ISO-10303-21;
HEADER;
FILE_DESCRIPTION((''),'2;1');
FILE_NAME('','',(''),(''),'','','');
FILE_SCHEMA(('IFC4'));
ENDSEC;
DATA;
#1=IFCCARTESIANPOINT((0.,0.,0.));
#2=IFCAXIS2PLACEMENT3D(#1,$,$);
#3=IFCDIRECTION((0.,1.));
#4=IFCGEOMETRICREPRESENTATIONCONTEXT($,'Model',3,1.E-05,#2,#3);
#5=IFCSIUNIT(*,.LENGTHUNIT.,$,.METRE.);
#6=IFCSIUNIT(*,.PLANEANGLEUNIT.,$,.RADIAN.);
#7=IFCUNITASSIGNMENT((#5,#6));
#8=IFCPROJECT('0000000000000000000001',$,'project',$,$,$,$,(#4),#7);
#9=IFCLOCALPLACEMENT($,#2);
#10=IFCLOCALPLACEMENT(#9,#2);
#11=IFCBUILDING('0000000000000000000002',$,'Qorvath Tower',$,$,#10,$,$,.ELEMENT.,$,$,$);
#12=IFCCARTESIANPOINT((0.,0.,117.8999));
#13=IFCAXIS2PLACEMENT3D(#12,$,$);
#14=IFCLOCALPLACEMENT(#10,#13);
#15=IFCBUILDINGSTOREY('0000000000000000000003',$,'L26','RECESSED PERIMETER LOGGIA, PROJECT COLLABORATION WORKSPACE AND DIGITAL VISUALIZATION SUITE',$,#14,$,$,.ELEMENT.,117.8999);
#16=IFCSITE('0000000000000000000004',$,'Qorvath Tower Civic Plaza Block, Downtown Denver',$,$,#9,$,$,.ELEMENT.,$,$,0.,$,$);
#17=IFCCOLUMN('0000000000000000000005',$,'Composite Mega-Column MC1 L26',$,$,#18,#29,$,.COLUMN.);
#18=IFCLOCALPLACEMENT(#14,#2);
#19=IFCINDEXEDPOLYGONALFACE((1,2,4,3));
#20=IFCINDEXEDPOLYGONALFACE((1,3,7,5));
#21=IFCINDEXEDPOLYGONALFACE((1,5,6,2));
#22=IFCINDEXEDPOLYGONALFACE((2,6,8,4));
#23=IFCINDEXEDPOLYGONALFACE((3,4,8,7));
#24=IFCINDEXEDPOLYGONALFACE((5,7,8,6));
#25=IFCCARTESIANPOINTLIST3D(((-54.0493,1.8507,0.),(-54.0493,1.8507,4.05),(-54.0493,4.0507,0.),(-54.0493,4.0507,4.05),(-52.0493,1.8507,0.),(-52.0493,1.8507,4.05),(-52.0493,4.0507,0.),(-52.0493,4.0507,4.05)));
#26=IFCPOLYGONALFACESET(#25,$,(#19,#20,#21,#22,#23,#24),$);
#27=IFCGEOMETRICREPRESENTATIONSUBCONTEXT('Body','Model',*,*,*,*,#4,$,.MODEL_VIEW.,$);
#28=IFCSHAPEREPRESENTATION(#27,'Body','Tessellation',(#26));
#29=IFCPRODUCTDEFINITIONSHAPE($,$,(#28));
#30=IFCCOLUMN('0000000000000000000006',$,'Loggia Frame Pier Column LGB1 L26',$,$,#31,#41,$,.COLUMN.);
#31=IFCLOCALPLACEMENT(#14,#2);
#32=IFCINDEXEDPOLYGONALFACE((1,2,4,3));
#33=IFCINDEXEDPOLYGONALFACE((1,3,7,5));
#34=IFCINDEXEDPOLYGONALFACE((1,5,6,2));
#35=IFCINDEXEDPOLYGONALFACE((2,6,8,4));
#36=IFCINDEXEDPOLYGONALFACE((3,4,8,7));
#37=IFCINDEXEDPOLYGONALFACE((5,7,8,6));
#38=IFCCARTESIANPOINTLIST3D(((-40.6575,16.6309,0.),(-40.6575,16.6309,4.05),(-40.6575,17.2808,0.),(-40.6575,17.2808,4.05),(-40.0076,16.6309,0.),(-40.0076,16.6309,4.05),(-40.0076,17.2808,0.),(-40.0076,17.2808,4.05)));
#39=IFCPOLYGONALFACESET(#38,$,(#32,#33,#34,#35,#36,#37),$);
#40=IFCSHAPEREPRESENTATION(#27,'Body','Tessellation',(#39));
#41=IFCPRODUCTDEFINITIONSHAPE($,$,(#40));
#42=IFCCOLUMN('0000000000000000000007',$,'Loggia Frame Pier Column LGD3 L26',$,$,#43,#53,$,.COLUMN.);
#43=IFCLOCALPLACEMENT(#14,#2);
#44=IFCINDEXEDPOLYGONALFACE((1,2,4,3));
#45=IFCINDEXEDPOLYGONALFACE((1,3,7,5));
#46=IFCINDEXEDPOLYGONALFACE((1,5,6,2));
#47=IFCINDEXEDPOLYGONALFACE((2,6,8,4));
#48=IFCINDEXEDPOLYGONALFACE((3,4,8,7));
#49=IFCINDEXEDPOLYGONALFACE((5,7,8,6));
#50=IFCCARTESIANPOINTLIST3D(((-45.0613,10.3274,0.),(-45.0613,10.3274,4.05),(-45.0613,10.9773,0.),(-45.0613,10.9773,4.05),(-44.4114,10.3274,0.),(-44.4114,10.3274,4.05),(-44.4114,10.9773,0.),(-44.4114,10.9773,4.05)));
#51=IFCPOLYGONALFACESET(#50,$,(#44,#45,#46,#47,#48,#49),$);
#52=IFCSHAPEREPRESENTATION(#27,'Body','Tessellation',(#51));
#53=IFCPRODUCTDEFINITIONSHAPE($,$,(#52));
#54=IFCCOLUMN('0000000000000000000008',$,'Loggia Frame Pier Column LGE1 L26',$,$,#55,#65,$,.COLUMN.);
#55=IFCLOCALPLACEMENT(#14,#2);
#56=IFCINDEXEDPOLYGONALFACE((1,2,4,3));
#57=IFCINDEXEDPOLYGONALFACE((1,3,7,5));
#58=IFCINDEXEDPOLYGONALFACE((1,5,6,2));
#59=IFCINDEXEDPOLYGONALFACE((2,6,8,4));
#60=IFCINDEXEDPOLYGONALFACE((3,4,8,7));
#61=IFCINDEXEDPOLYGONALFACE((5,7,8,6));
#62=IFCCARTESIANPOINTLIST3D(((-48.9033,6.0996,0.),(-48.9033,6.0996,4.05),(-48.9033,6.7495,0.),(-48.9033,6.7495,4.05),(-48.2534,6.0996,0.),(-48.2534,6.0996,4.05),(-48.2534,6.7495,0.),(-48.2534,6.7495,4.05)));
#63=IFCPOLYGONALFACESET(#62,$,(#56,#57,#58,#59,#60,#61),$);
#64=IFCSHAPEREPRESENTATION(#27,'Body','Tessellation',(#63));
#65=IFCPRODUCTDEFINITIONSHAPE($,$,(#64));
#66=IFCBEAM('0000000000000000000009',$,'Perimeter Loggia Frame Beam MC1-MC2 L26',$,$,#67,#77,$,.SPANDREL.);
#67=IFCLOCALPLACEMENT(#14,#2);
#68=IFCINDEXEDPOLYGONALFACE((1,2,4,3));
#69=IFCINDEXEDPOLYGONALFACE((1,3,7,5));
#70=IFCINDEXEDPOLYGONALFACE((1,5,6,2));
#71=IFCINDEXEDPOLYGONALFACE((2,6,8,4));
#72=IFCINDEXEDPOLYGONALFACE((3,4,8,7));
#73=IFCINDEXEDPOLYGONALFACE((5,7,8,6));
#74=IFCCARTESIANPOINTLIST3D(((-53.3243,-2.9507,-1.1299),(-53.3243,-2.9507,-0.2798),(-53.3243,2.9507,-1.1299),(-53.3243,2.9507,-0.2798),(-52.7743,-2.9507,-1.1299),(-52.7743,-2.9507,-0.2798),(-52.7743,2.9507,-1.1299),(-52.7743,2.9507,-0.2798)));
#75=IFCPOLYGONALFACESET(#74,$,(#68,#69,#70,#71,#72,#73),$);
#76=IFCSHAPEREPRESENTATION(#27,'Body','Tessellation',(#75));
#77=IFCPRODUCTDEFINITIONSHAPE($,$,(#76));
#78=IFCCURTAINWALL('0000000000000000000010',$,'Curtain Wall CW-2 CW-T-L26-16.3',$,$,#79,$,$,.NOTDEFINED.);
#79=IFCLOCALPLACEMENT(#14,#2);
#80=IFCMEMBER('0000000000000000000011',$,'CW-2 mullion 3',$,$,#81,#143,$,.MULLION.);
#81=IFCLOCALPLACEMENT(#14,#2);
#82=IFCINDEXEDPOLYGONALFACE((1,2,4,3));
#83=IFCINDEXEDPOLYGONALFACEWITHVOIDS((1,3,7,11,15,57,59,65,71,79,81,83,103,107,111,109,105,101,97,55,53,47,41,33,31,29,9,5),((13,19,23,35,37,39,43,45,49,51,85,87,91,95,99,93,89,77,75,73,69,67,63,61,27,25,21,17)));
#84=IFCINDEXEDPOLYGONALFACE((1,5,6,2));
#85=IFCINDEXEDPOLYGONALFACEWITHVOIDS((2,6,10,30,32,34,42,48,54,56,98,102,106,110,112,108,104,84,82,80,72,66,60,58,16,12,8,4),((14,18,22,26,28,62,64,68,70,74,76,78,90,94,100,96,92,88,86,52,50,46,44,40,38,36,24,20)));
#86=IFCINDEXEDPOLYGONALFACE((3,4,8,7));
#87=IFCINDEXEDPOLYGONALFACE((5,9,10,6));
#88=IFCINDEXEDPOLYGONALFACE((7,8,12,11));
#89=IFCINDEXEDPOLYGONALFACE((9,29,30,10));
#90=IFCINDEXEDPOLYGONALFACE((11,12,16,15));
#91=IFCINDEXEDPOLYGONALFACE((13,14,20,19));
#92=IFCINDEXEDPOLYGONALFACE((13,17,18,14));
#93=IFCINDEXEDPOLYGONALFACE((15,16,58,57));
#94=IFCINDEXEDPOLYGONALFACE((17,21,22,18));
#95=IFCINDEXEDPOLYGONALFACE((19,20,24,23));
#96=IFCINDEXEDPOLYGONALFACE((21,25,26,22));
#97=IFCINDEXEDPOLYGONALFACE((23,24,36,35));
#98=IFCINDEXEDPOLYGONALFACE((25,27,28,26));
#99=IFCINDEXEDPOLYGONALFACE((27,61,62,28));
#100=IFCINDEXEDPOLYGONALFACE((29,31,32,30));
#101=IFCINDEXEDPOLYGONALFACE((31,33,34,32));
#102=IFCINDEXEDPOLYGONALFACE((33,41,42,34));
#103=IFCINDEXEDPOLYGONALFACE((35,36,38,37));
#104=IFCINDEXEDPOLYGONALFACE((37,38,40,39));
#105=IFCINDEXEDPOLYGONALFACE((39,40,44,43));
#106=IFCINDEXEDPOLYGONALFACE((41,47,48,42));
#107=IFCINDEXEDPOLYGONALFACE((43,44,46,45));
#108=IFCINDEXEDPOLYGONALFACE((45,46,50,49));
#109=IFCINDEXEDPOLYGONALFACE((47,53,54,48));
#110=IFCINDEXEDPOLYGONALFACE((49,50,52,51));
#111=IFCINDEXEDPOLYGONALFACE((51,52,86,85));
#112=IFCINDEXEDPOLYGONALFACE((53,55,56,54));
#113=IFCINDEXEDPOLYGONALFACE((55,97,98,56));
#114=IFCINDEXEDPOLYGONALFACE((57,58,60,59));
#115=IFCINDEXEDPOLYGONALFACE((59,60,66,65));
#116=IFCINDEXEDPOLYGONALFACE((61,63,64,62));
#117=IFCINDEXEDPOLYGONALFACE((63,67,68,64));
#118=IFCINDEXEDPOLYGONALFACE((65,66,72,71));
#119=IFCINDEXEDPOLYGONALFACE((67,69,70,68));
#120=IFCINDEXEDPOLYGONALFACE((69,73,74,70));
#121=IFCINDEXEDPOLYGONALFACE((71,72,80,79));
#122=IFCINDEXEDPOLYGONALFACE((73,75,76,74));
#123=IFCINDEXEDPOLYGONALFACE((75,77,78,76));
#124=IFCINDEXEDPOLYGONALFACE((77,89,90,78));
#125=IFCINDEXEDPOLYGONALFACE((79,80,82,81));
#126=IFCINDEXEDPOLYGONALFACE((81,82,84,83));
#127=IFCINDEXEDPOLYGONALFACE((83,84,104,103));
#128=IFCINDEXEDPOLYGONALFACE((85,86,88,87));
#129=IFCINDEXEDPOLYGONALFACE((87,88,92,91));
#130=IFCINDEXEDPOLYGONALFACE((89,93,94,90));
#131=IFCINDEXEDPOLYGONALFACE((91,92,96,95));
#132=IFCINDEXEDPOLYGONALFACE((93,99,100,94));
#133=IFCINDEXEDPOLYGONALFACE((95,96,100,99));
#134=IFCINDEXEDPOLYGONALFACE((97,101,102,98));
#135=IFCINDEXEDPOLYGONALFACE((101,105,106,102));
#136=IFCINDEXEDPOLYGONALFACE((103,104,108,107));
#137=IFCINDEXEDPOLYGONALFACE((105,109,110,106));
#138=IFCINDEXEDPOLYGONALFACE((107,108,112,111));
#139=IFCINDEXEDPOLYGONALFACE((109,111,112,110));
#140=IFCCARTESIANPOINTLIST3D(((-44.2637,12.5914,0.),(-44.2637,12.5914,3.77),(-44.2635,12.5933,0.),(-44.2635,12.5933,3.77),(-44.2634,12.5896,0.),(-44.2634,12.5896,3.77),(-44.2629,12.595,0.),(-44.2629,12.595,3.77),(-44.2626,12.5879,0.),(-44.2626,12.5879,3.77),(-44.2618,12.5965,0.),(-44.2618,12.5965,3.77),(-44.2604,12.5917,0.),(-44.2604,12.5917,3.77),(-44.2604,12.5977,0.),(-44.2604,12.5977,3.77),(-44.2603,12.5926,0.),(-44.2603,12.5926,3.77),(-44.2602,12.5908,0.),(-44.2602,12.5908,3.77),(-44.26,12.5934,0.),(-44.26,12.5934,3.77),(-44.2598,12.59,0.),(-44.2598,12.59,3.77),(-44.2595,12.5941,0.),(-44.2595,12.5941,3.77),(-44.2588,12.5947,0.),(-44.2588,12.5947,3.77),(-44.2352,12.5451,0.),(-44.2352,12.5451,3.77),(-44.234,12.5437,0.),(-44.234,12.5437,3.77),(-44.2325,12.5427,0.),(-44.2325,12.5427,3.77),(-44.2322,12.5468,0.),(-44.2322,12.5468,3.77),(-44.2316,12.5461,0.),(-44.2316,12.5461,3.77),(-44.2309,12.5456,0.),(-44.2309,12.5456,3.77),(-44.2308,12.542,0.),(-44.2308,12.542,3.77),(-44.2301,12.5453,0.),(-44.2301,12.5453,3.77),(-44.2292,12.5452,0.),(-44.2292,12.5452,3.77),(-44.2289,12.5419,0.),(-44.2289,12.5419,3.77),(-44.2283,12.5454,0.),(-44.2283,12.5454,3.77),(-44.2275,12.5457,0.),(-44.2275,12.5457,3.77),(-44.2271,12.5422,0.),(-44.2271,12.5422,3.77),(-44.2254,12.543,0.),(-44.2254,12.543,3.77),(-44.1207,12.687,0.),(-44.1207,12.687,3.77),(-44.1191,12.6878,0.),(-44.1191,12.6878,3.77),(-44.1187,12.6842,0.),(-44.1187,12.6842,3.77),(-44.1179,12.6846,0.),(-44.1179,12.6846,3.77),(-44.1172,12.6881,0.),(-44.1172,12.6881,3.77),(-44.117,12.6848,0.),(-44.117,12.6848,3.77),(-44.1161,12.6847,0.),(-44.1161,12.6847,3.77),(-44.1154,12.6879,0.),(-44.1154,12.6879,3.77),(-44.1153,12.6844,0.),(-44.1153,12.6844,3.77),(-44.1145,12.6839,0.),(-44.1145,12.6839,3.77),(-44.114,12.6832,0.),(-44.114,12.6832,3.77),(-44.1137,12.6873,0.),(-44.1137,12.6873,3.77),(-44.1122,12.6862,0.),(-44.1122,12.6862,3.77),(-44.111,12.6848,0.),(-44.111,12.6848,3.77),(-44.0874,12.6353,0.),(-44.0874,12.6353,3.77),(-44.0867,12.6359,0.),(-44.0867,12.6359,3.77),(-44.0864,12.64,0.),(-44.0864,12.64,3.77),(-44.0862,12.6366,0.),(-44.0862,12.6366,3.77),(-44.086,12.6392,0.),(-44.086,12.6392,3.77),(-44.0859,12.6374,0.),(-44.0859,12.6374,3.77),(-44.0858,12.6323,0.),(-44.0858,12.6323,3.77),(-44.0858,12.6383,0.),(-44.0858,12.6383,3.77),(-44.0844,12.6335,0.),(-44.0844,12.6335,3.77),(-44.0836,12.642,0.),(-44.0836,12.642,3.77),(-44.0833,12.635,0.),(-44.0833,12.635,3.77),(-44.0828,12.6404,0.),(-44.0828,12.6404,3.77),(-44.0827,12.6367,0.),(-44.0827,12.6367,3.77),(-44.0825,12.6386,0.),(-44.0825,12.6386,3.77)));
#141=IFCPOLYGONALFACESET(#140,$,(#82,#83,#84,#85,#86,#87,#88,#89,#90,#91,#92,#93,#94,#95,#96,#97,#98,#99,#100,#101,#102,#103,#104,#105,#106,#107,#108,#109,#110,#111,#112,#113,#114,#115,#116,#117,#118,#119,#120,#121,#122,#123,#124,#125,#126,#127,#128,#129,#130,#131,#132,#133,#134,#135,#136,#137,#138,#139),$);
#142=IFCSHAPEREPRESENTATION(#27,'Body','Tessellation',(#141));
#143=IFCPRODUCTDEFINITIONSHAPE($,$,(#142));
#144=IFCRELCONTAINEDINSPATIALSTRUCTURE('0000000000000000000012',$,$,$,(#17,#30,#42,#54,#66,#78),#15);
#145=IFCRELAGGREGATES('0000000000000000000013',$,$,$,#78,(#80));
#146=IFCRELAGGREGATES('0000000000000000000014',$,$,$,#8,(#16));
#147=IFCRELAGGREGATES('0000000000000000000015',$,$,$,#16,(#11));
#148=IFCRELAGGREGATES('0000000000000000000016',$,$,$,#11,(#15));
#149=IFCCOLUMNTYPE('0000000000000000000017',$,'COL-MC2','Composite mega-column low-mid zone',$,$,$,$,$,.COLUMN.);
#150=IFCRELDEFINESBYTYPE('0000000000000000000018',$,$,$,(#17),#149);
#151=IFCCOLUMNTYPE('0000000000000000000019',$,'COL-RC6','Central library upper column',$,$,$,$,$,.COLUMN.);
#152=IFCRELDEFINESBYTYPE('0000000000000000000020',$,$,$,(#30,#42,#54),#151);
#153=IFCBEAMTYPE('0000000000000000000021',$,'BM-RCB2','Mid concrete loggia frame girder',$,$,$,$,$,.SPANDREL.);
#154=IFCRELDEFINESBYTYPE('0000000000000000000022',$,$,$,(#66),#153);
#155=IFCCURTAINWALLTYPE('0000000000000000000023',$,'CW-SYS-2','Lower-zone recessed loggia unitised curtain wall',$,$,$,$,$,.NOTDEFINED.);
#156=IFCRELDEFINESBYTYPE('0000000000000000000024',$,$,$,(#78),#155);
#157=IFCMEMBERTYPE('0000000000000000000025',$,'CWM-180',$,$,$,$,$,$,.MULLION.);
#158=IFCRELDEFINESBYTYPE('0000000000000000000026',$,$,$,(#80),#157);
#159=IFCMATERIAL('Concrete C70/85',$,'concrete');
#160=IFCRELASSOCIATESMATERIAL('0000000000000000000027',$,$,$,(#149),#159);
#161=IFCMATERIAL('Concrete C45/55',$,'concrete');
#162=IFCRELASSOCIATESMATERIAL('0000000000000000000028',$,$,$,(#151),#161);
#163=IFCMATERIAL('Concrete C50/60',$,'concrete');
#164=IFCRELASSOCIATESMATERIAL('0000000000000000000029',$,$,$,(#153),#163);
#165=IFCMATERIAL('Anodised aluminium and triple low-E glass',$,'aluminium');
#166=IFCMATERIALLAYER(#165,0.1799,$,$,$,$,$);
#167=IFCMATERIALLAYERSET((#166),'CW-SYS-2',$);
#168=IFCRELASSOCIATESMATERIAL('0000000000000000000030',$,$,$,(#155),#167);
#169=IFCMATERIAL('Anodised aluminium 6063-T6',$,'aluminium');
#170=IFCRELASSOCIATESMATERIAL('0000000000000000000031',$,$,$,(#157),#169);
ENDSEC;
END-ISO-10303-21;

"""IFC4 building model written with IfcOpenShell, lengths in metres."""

from ifc_helpers import new_model, si_unit, direction, frame, origin, origin_2d, place, context, subcontext, project, spatial, rectangle, hollow_rectangle, extrude, material, layer, layer_set, material_profile, profile_set, type_object, element, aggregate, save


model = new_model("IFC4")

# Units and contexts
model_context = context("Model", 3, precision=1e-05, world=origin(), true_north=direction((0.0, 1.0)))
body_context = subcontext(model_context, "Body", "Model", "MODEL_VIEW")
ifc_project = project(units=[si_unit("LENGTHUNIT", "METRE"), si_unit("PLANEANGLEUNIT", "RADIAN")], contexts=[model_context])

# Site, building, storey
site_placement = place(None, origin())
site = spatial("IfcSite", under=ifc_project, at=site_placement, Name="Qorvath Tower Civic Plaza Block, Downtown Denver", CompositionType="ELEMENT", RefElevation=0.0)
building_placement = place(site_placement, origin())
building = spatial("IfcBuilding", under=site, at=building_placement, Name="Qorvath Tower", CompositionType="ELEMENT")
storey_placement = place(building_placement, frame((0.0, 0.0, 117.8999)))
storey = spatial("IfcBuildingStorey", under=building, at=storey_placement, Name="L26", Description="RECESSED PERIMETER LOGGIA, PROJECT COLLABORATION WORKSPACE AND DIGITAL VISUALIZATION SUITE", CompositionType="ELEMENT", Elevation=117.8999)

# Columns
ifc_material_1 = material(Name="Concrete C70/85", Category="concrete")
ifc_material_profile_1 = material_profile(ifc_material_1, rectangle(XDim=2.0, YDim=2.2, at=origin_2d()), Name="MC 2200x2000")
ifc_profile_set_1 = profile_set([ifc_material_profile_1], Name="Concrete C70/85")
column_type_1 = type_object("IfcColumnType", Name="COL-MC2", Description="Composite mega-column low-mid zone", PredefinedType="COLUMN", material=ifc_profile_set_1)
column_placement = place(storey_placement, frame((-53.0493, 2.9507, 0.0), z_axis=(0.0, 0.0, 1.0), x_axis=(1.0, 0.0, 0.0)))
element("IfcColumn", 1, at=column_placement, inside=storey, type_object=column_type_1, Name="Composite Mega-Column MC1 L26", PredefinedType="COLUMN", context=body_context, shape_type="SweptSolid", body=[
    extrude(rectangle(XDim=2.0, YDim=2.2, at=origin_2d()), origin(), (0.0, 0.0, 1.0), 4.05),
])
ifc_material_2 = material(Name="Concrete C45/55", Category="concrete")
ifc_material_profile_2 = material_profile(ifc_material_2, rectangle(XDim=0.6499, YDim=0.6499, at=origin_2d()), Name="RC 650x650")
ifc_profile_set_2 = profile_set([ifc_material_profile_2], Name="Concrete C45/55")
column_type_2 = type_object("IfcColumnType", Name="COL-RC6", Description="Central library upper column", PredefinedType="COLUMN", material=ifc_profile_set_2)
for number, where, z_axis, x_axis, name in (
    (2, (-40.3325, 16.9558, 0.0), (0.0, 0.0, 1.0), (1.0, 0.0, 0.0), "Loggia Frame Pier Column LGB1 L26"),
    (3, (-44.7363, 10.6523, 0.0), (0.0, 0.0, 1.0), (1.0, 0.0, 0.0), "Loggia Frame Pier Column LGD3 L26"),
    (4, (-48.5784, 6.4246, 0.0), (0.0, 0.0, 1.0), (1.0, 0.0, 0.0), "Loggia Frame Pier Column LGE1 L26"),
):
    element("IfcColumn", number, at=place(storey_placement, frame(where, z_axis=z_axis, x_axis=x_axis)), inside=storey, type_object=column_type_2, Name=name, PredefinedType="COLUMN", context=body_context, shape_type="SweptSolid", body=[
        extrude(rectangle(XDim=0.6499, YDim=0.6499, at=origin_2d()), origin(), (0.0, 0.0, 1.0), 4.05),
    ])

# Beam
ifc_material_3 = material(Name="Concrete C50/60", Category="concrete")
ifc_material_profile_3 = material_profile(ifc_material_3, rectangle(XDim=0.55, YDim=0.8501, at=origin_2d()), Name="RCB 850x550")
ifc_profile_set_3 = profile_set([ifc_material_profile_3], Name="Concrete C50/60")
beam_type = type_object("IfcBeamType", Name="BM-RCB2", Description="Mid concrete loggia frame girder", PredefinedType="SPANDREL", material=ifc_profile_set_3)
beam_placement = place(storey_placement, frame((-53.0493, 2.9507, -0.7048), z_axis=(0.0, -1.0, 0.0), x_axis=(1.0, 0.0, 0.0)))
element("IfcBeam", 5, at=beam_placement, inside=storey, type_object=beam_type, Name="Perimeter Loggia Frame Beam MC1-MC2 L26", PredefinedType="SPANDREL", context=body_context, shape_type="SweptSolid", body=[
    extrude(rectangle(XDim=0.55, YDim=0.8501, at=origin_2d()), origin(), (0.0, 0.0, 1.0), 5.9014),
])

# Curtain wall, member
ifc_material_4 = material(Name="Anodised aluminium and triple low-E glass", Category="aluminium")
ifc_layer_1 = layer(ifc_material_4, 0.1799)
ifc_layer_set_1 = layer_set([ifc_layer_1], Name="CW-SYS-2")
curtain_wall_type = type_object("IfcCurtainWallType", Name="CW-SYS-2", Description="Lower-zone recessed loggia unitised curtain wall", PredefinedType="NOTDEFINED", material=ifc_layer_set_1)
curtain_wall_placement = place(storey_placement, origin())
curtain_wall = element("IfcCurtainWall", 6, at=curtain_wall_placement, inside=storey, type_object=curtain_wall_type, Name="Curtain Wall CW-2 CW-T-L26-16.3", PredefinedType="NOTDEFINED")
ifc_material_5 = material(Name="Anodised aluminium 6063-T6", Category="aluminium")
ifc_material_profile_4 = material_profile(ifc_material_5, hollow_rectangle(XDim=0.0649, YDim=0.1799, WallThickness=0.0034, InnerFilletRadius=0.0034, OuterFilletRadius=0.0071, at=origin_2d()), Name="CWM 180x65")
ifc_profile_set_4 = profile_set([ifc_material_profile_4], Name="Anodised aluminium 6063-T6")
member_type_1 = type_object("IfcMemberType", Name="CWM-180", PredefinedType="MULLION", material=ifc_profile_set_4)
member_1_placement = place(storey_placement, frame((-44.1731, 12.615, 0.0), z_axis=(0.0, 0.0, 1.0), x_axis=(0.538534, -0.842604, 0.0)))
member_1 = element("IfcMember", 7, at=member_1_placement, type_object=member_type_1, Name="CW-2 mullion 3", PredefinedType="MULLION", context=body_context, shape_type="SweptSolid", body=[
    extrude(hollow_rectangle(XDim=0.0649, YDim=0.1799, WallThickness=0.0034, InnerFilletRadius=0.0034, OuterFilletRadius=0.0071, at=origin_2d()), origin(), (0.0, 0.0, 1.0), 3.77),
])
aggregate(curtain_wall, [member_1])

save(model, "model.ifc")
